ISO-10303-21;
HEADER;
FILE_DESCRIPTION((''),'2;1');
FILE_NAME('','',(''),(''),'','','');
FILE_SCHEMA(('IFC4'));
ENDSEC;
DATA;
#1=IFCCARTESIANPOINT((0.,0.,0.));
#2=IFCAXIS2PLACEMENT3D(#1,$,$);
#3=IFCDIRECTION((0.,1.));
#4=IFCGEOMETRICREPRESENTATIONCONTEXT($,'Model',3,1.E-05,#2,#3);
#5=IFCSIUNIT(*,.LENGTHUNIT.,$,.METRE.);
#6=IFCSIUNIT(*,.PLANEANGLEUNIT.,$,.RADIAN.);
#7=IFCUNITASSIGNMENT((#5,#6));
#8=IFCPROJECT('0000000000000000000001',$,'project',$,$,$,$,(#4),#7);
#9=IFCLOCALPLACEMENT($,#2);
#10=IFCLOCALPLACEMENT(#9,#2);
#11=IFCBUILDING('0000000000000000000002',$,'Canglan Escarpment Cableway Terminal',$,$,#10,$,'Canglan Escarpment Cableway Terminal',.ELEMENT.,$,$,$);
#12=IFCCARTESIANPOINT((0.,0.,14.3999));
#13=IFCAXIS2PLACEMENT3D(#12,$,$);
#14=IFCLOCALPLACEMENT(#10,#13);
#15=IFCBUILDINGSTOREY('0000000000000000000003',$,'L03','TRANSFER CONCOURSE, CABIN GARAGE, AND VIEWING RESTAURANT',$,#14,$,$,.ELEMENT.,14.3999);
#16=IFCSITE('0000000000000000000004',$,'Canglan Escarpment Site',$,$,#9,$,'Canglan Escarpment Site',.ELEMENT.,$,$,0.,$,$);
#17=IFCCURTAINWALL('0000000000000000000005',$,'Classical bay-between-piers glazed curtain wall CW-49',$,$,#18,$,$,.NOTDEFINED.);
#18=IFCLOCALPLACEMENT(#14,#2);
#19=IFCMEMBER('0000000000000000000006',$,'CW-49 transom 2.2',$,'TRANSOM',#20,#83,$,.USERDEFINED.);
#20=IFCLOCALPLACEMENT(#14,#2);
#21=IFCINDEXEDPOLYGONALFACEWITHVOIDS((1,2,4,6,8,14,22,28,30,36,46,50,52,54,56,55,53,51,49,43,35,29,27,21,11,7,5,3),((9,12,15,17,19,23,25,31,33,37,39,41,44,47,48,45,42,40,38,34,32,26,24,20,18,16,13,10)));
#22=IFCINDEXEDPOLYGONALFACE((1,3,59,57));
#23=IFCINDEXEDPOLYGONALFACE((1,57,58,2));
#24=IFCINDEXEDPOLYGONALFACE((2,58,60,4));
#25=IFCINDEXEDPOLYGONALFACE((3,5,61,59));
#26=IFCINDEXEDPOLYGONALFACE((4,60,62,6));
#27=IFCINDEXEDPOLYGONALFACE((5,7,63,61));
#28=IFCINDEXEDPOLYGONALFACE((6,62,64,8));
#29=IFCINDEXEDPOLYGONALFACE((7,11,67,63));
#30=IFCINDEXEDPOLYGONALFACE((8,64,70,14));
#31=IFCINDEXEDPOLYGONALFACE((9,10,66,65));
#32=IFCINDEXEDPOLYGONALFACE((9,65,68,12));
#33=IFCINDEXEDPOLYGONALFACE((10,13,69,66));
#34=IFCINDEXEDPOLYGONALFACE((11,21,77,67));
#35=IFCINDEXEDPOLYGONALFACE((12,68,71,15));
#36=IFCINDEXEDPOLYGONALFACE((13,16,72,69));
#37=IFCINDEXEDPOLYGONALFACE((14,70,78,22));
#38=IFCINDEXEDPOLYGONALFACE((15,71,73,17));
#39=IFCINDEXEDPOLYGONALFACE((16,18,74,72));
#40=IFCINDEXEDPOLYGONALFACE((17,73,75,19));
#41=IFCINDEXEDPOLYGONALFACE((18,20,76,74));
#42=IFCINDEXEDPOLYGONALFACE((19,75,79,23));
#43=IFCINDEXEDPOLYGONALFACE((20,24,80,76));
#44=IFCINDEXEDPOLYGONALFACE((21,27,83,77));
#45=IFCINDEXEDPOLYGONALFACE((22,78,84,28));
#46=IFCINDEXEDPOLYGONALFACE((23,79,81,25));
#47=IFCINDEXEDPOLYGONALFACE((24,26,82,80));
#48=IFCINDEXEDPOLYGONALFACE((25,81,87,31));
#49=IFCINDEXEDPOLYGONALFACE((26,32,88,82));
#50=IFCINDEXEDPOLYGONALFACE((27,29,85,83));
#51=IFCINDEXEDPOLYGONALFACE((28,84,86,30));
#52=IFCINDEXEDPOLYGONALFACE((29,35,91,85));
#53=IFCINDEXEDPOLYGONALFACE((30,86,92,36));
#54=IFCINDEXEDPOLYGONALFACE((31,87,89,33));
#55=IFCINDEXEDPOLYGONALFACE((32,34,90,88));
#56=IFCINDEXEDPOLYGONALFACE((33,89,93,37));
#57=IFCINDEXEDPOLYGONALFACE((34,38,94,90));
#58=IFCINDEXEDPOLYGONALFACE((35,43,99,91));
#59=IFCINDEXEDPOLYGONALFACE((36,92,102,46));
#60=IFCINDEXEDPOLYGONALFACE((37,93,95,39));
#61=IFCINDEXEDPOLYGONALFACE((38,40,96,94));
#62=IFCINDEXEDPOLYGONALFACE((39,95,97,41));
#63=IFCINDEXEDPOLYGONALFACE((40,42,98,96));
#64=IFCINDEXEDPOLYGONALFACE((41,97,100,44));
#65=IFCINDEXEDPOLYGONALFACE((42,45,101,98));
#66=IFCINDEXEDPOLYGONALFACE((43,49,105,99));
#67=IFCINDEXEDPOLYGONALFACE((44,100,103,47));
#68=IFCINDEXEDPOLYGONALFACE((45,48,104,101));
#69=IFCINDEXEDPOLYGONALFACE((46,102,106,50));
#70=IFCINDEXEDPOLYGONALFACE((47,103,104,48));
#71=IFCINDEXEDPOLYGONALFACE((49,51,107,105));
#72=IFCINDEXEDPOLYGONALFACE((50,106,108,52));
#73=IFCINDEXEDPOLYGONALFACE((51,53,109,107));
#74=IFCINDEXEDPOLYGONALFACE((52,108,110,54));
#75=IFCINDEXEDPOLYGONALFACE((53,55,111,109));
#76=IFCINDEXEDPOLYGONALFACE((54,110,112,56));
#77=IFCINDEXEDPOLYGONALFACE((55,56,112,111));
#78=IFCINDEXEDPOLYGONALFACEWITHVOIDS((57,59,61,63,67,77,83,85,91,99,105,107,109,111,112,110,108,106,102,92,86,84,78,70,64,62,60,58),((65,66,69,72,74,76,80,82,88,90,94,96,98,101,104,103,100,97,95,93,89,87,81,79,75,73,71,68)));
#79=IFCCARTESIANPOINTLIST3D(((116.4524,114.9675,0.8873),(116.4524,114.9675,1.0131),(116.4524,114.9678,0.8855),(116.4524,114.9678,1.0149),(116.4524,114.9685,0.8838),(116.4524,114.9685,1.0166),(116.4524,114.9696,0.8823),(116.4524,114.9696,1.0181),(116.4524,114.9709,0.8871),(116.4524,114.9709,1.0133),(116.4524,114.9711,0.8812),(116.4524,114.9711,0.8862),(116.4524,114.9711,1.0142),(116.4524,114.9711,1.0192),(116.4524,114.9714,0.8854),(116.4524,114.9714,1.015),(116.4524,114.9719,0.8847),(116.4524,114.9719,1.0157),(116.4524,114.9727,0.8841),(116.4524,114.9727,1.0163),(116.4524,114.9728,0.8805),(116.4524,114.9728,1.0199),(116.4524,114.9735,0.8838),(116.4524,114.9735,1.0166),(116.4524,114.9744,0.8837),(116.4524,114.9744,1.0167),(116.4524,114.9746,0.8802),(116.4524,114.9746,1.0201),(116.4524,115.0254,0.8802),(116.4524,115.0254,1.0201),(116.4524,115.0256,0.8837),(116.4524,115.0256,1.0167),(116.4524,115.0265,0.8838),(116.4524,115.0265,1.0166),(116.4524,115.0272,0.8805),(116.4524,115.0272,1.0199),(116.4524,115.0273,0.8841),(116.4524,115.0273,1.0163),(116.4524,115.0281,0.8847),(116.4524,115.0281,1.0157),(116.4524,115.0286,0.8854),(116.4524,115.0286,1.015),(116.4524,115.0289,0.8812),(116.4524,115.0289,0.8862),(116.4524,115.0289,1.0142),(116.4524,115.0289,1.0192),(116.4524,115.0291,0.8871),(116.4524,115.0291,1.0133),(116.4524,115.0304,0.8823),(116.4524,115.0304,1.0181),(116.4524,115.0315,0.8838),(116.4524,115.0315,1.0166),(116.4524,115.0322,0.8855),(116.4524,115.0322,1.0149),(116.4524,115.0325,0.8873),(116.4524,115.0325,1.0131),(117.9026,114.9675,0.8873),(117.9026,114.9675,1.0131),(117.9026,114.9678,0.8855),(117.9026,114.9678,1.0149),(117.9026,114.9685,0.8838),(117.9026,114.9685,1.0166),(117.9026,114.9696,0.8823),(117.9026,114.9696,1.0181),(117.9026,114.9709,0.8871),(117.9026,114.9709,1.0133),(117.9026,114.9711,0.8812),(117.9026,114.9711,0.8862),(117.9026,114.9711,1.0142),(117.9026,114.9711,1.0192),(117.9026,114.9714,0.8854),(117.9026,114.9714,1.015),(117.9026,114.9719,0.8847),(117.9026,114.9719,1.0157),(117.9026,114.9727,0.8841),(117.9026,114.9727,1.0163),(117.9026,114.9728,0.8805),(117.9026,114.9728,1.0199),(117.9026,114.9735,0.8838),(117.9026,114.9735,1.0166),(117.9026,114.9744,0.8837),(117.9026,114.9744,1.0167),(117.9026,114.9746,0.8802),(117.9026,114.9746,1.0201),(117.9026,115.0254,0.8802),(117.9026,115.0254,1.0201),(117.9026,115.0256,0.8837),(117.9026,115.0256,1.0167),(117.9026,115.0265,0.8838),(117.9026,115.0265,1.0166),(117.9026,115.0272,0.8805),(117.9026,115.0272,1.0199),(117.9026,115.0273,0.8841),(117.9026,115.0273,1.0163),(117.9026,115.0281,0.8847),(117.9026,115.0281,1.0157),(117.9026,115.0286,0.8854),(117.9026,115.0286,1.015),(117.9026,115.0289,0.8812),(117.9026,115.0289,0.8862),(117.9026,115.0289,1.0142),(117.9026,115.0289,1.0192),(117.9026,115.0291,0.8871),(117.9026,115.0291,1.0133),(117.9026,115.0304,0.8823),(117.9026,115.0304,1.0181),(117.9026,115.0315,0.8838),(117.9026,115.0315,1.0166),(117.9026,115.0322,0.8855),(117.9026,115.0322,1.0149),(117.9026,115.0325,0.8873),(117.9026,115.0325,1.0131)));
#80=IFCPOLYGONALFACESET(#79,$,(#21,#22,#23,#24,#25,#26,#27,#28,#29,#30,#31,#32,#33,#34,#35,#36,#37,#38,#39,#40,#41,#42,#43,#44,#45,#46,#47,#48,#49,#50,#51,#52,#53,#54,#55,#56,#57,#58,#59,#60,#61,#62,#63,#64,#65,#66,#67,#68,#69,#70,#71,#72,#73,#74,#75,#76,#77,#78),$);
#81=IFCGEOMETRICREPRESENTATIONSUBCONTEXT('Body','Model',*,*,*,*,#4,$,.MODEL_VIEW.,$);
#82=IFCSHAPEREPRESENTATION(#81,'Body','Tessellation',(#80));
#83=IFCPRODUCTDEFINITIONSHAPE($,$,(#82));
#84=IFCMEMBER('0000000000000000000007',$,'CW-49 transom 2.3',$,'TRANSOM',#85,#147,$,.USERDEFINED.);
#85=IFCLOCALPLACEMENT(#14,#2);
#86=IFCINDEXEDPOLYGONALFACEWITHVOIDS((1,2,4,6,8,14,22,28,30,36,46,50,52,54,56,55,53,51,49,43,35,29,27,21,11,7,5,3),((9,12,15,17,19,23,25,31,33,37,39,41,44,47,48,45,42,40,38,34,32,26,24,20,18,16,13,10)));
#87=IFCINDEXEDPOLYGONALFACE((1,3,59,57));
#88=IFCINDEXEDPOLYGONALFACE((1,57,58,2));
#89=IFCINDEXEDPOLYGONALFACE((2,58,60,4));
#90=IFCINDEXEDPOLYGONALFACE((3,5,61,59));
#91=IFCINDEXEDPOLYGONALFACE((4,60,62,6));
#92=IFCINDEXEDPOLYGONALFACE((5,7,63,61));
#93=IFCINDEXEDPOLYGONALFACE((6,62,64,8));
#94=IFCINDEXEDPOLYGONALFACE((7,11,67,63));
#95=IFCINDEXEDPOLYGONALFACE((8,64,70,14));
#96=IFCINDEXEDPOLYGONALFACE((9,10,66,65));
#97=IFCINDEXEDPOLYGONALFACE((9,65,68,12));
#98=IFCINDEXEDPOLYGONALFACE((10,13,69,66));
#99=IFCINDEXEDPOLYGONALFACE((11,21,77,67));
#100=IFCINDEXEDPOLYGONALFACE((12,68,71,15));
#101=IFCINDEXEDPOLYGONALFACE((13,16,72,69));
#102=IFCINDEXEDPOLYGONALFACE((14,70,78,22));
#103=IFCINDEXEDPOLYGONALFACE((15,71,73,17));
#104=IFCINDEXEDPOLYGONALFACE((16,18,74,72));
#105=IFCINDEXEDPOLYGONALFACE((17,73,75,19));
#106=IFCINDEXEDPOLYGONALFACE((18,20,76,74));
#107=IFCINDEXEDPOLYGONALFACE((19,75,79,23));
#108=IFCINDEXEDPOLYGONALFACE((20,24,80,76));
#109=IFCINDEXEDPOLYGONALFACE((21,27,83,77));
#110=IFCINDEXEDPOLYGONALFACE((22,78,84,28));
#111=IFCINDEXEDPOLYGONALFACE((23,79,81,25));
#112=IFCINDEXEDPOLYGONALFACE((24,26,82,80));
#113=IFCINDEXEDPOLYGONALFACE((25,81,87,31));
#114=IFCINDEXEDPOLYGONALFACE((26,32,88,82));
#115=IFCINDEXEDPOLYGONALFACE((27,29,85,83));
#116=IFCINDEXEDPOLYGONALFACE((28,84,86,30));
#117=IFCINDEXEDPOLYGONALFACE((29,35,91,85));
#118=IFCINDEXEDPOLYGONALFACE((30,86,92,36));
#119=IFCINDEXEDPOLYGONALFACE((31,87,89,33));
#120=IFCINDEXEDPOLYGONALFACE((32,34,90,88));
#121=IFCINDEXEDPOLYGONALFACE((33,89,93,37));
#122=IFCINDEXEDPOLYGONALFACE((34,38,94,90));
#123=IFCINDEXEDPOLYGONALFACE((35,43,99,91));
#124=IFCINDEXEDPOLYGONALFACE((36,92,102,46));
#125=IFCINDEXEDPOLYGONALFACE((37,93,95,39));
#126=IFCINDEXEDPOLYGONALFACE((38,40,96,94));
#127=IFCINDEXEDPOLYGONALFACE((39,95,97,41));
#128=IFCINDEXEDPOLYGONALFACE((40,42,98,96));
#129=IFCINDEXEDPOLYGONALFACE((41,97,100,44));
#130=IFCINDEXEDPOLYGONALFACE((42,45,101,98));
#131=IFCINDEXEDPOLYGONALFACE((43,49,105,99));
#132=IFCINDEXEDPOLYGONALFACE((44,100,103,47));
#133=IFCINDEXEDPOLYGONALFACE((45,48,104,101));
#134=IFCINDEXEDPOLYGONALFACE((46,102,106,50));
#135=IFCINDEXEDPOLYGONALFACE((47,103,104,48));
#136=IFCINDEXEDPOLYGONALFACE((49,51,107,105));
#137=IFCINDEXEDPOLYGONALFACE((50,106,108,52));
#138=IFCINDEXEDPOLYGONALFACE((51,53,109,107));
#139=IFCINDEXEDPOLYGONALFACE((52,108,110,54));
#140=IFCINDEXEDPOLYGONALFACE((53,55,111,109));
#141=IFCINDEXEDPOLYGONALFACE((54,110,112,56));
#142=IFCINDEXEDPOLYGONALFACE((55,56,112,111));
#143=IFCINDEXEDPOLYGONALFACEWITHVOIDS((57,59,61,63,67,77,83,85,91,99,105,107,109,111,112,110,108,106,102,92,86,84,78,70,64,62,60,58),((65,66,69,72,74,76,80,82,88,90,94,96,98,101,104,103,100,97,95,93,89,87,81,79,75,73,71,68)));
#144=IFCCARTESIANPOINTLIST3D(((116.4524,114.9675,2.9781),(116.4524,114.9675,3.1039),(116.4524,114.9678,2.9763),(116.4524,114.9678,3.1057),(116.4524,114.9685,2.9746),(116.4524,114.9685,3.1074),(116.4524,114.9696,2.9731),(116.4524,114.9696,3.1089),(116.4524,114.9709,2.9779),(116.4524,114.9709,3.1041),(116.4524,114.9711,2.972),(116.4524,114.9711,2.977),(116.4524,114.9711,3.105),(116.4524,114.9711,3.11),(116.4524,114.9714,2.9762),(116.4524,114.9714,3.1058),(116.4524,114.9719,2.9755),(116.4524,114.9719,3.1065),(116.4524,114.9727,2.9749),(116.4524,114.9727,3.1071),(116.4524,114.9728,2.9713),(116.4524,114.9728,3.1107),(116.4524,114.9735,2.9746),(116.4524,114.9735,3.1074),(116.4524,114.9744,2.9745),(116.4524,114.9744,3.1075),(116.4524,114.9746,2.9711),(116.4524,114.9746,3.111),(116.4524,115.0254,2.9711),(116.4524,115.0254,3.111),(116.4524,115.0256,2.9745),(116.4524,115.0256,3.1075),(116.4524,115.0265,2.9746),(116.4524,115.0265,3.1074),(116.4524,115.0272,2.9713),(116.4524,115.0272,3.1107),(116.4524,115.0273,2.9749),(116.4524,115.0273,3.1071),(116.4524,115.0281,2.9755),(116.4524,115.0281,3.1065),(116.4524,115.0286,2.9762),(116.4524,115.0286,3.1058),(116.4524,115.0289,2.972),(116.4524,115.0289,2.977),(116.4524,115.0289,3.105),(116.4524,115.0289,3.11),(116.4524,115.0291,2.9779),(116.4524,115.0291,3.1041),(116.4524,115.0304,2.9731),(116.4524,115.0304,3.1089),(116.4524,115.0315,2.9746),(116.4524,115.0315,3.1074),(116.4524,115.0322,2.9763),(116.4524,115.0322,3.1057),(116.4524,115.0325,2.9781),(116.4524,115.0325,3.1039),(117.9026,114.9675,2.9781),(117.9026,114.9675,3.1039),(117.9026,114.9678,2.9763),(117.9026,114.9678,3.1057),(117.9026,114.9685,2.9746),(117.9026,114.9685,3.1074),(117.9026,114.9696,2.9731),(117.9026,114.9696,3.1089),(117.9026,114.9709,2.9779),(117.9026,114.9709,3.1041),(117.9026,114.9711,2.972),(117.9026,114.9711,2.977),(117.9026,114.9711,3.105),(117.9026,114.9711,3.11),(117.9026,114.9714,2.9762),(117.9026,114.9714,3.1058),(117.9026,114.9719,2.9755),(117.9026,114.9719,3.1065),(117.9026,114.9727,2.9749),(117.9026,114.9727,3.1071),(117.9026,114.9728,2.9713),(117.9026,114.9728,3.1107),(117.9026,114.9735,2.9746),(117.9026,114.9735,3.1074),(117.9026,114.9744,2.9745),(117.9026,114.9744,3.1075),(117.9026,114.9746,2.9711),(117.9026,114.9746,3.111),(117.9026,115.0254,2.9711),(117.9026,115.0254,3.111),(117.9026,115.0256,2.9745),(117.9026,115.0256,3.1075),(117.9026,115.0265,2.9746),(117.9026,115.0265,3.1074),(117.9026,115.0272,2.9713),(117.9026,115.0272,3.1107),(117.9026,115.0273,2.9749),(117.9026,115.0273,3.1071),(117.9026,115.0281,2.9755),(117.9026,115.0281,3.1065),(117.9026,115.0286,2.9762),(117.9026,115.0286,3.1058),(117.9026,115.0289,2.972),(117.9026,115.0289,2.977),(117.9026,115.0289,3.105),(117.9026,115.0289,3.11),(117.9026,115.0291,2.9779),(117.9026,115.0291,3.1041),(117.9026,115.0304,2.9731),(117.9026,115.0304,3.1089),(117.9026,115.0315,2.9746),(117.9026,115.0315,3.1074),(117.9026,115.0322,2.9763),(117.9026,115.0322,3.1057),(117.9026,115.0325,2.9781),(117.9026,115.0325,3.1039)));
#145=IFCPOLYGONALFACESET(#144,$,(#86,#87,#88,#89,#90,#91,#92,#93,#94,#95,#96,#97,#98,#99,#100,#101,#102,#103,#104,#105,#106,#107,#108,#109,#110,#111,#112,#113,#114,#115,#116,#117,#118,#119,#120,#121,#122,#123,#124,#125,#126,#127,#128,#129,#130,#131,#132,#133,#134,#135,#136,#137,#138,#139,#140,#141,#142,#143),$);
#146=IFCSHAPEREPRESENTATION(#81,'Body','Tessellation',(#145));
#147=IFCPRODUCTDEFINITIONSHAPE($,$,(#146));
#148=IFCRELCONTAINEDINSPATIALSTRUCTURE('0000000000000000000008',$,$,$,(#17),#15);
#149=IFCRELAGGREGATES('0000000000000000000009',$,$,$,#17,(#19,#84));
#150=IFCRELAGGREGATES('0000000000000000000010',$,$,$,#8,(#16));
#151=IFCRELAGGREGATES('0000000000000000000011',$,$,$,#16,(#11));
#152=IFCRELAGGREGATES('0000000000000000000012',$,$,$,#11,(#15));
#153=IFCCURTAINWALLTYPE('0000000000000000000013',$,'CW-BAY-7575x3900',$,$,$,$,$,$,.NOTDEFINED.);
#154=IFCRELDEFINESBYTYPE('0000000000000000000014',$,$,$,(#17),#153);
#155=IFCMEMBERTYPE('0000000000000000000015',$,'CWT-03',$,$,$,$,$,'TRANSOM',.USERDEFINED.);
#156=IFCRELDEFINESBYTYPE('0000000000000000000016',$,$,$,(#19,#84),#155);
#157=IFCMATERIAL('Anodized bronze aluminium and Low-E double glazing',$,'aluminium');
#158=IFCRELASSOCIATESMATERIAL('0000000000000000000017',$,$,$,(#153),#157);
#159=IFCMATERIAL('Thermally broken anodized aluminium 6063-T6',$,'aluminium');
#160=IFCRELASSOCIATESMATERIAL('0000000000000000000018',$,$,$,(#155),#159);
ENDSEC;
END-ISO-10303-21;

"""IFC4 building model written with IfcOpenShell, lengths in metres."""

from ifc_helpers import new_model, si_unit, direction, frame, origin, origin_2d, place, context, subcontext, project, spatial, hollow_rectangle, extrude, material, material_profile, profile_set, type_object, element, aggregate, save


model = new_model("IFC4")

# Units and contexts
model_context = context("Model", 3, precision=1e-05, world=origin(), true_north=direction((0.0, 1.0)))
body_context = subcontext(model_context, "Body", "Model", "MODEL_VIEW")
ifc_project = project(units=[si_unit("LENGTHUNIT", "METRE"), si_unit("PLANEANGLEUNIT", "RADIAN")], contexts=[model_context])

# Site, building, storey
site_placement = place(None, origin())
site = spatial("IfcSite", under=ifc_project, at=site_placement, Name="Canglan Escarpment Site", LongName="Canglan Escarpment Site", CompositionType="ELEMENT", RefElevation=0.0)
building_placement = place(site_placement, origin())
building = spatial("IfcBuilding", under=site, at=building_placement, Name="Canglan Escarpment Cableway Terminal", LongName="Canglan Escarpment Cableway Terminal", CompositionType="ELEMENT")
storey_placement = place(building_placement, frame((0.0, 0.0, 14.3999)))
storey = spatial("IfcBuildingStorey", under=building, at=storey_placement, Name="L03", Description="TRANSFER CONCOURSE, CABIN GARAGE, AND VIEWING RESTAURANT", CompositionType="ELEMENT", Elevation=14.3999)

# Curtain wall, members
ifc_material_1 = material(Name="Anodized bronze aluminium and Low-E double glazing", Category="aluminium")
curtain_wall_type = type_object("IfcCurtainWallType", Name="CW-BAY-7575x3900", PredefinedType="NOTDEFINED", material=ifc_material_1)
curtain_wall_placement = place(storey_placement, origin())
curtain_wall = element("IfcCurtainWall", 1, at=curtain_wall_placement, inside=storey, type_object=curtain_wall_type, Name="Classical bay-between-piers glazed curtain wall CW-49", PredefinedType="NOTDEFINED")
ifc_material_2 = material(Name="Thermally broken anodized aluminium 6063-T6", Category="aluminium")
ifc_material_profile_1 = material_profile(ifc_material_2, hollow_rectangle(XDim=0.0649, YDim=0.1399, WallThickness=0.0034, InnerFilletRadius=0.0034, OuterFilletRadius=0.0071, at=origin_2d()), Name="ALU-TRAN 65x140x3.5")
ifc_profile_set_1 = profile_set([ifc_material_profile_1], Name="Thermally broken anodized aluminium 6063-T6")
member_type_1 = type_object("IfcMemberType", Name="CWT-03", ElementType="TRANSOM", PredefinedType="USERDEFINED", material=ifc_profile_set_1)
member_1_placement = place(storey_placement, frame((117.9026, 115.0, 0.9502), z_axis=(-1.0, 0.0, 0.0), x_axis=(0.0, -1.0, 0.0)))
member_1 = element("IfcMember", 2, at=member_1_placement, type_object=member_type_1, Name="CW-49 transom 2.2", ObjectType="TRANSOM", PredefinedType="USERDEFINED", context=body_context, shape_type="SweptSolid", body=[
    extrude(hollow_rectangle(XDim=0.0649, YDim=0.1399, WallThickness=0.0034, InnerFilletRadius=0.0034, OuterFilletRadius=0.0071, at=origin_2d()), origin(), (0.0, 0.0, 1.0), 1.4502),
])
member_2_placement = place(storey_placement, frame((117.9026, 115.0, 3.041), z_axis=(-1.0, 0.0, 0.0), x_axis=(0.0, -1.0, 0.0)))
member_2 = element("IfcMember", 3, at=member_2_placement, type_object=member_type_1, Name="CW-49 transom 2.3", ObjectType="TRANSOM", PredefinedType="USERDEFINED", context=body_context, shape_type="SweptSolid", body=[
    extrude(hollow_rectangle(XDim=0.0649, YDim=0.1399, WallThickness=0.0034, InnerFilletRadius=0.0034, OuterFilletRadius=0.0071, at=origin_2d()), origin(), (0.0, 0.0, 1.0), 1.4502),
])
aggregate(curtain_wall, [member_1, member_2])

save(model, "model.ifc")
